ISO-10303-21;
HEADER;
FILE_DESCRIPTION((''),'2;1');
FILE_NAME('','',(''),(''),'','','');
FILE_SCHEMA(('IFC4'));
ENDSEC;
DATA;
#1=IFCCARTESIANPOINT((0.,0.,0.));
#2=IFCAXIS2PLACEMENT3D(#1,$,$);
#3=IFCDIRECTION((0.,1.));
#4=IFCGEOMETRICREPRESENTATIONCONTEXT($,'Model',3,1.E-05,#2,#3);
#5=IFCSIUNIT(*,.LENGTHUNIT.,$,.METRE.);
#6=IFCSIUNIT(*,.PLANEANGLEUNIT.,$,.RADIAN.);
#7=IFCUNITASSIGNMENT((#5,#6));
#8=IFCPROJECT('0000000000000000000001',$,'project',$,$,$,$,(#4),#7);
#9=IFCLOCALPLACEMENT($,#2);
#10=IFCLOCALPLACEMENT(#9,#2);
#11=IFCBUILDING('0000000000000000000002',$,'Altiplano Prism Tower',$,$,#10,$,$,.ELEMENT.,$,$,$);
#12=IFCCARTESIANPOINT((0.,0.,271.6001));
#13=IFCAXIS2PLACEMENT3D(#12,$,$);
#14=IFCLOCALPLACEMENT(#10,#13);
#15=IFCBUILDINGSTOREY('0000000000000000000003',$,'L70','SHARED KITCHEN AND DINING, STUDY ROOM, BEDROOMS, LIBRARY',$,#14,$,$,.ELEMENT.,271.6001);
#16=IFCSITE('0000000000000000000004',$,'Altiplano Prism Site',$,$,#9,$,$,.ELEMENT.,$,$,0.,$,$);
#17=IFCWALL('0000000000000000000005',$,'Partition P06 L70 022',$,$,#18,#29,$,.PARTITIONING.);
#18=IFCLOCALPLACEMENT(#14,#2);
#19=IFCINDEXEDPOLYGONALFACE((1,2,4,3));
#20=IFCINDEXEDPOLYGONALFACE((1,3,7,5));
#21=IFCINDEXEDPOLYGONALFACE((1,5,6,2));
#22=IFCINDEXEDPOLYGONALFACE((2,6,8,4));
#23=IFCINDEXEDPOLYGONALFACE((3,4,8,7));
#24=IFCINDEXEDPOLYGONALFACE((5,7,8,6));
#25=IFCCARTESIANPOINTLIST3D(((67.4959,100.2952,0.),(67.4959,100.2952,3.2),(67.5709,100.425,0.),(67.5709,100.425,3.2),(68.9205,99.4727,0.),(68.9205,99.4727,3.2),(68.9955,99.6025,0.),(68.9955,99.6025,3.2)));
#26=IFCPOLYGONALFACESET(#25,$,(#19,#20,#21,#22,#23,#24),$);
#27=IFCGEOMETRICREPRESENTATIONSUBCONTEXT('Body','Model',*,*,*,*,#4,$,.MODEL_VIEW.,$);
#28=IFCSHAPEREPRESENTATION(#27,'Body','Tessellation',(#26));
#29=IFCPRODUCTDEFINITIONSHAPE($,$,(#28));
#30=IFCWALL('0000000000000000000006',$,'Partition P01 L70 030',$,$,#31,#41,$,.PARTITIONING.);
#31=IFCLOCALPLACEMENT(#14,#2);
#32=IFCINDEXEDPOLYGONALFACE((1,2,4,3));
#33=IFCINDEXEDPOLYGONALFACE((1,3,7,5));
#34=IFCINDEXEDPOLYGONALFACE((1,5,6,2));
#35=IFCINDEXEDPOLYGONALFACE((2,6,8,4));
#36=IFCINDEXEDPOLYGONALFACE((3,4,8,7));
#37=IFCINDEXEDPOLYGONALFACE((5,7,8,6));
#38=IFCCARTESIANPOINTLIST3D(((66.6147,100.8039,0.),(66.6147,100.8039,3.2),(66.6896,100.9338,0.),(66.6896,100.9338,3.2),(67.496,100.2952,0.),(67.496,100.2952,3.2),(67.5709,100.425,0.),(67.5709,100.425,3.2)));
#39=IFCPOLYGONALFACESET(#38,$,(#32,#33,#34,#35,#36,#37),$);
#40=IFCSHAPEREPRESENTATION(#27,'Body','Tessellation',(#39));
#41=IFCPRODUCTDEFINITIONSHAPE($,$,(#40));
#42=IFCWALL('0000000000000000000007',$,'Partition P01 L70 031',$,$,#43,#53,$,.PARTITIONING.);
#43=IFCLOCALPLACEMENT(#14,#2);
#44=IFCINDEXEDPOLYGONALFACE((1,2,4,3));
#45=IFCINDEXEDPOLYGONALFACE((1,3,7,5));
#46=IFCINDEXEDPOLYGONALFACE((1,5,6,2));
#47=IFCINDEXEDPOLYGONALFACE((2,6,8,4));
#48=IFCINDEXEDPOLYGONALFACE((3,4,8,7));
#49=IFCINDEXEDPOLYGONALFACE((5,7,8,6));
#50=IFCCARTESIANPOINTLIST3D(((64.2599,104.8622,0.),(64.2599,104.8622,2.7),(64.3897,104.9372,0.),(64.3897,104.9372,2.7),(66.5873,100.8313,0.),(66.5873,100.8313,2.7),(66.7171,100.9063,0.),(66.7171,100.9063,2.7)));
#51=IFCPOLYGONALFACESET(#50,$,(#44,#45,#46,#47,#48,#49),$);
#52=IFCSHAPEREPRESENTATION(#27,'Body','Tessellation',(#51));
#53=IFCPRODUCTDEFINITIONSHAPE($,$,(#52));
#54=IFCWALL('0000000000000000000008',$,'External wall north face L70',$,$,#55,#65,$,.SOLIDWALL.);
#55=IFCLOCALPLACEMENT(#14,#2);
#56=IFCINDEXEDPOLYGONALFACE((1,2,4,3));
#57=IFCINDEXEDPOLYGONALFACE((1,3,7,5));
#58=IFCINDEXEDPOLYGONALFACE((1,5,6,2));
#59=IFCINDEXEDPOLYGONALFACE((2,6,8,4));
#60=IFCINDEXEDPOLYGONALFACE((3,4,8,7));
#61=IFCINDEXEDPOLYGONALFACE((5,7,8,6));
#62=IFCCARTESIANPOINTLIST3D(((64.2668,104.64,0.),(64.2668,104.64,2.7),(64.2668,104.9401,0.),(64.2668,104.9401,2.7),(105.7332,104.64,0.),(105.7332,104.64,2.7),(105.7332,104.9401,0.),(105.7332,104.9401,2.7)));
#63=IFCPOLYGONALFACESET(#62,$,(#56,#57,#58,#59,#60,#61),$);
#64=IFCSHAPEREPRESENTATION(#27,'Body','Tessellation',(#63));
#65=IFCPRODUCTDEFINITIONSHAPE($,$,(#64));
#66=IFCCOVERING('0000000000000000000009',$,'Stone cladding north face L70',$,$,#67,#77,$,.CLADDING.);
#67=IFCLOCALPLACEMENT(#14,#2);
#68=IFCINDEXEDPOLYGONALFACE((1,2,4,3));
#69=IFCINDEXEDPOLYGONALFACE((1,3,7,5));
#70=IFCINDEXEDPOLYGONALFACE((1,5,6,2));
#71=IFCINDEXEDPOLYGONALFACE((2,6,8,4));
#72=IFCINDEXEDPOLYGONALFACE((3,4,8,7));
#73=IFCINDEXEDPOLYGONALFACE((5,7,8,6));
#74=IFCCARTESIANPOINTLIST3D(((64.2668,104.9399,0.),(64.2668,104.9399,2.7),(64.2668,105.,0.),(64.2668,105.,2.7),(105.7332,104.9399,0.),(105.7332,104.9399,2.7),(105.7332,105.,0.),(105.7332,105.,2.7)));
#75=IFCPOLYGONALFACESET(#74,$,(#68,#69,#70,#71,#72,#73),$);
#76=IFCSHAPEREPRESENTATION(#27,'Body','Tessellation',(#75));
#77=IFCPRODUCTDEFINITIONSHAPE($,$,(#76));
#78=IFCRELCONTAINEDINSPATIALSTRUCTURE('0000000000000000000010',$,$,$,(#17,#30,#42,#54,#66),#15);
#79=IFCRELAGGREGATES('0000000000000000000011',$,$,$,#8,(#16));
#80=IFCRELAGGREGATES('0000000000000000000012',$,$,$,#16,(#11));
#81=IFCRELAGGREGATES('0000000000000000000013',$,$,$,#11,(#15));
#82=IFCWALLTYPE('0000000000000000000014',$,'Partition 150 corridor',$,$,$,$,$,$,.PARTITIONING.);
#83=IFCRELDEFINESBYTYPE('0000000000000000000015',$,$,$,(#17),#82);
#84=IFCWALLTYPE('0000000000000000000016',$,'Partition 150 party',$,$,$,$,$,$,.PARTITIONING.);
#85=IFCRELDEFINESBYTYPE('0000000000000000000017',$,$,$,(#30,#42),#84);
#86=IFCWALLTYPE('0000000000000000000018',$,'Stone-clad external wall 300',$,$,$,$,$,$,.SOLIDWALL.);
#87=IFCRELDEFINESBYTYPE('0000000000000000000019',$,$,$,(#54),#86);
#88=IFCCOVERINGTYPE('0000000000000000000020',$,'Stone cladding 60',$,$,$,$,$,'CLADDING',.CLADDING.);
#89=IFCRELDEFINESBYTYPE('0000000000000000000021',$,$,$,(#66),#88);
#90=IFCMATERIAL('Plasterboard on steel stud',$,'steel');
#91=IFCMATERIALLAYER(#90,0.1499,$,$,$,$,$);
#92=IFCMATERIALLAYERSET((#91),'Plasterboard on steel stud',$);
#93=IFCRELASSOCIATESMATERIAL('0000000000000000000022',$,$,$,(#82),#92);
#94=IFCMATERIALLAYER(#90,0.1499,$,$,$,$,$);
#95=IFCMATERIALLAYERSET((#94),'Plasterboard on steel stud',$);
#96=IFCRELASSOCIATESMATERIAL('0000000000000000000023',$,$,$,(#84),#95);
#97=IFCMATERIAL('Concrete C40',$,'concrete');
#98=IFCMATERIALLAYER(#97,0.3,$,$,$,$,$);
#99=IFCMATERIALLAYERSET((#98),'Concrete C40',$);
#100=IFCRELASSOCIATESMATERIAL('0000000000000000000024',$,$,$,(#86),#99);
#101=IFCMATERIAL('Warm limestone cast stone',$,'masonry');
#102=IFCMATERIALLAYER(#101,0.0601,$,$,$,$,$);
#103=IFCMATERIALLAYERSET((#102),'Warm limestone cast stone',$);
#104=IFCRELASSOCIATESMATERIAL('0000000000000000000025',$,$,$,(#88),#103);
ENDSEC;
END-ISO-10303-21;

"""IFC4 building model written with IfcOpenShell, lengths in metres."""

from ifc_helpers import new_model, si_unit, direction, frame, frame_2d, origin, place, context, subcontext, project, spatial, rectangle, extrude, material, layer, layer_set, type_object, element, save


model = new_model("IFC4")

# Units and contexts
model_context = context("Model", 3, precision=1e-05, world=origin(), true_north=direction((0.0, 1.0)))
body_context = subcontext(model_context, "Body", "Model", "MODEL_VIEW")
ifc_project = project(units=[si_unit("LENGTHUNIT", "METRE"), si_unit("PLANEANGLEUNIT", "RADIAN")], contexts=[model_context])

# Site, building, storey
site_placement = place(None, origin())
site = spatial("IfcSite", under=ifc_project, at=site_placement, Name="Altiplano Prism Site", CompositionType="ELEMENT", RefElevation=0.0)
building_placement = place(site_placement, origin())
building = spatial("IfcBuilding", under=site, at=building_placement, Name="Altiplano Prism Tower", CompositionType="ELEMENT")
storey_placement = place(building_placement, frame((0.0, 0.0, 271.6001)))
storey = spatial("IfcBuildingStorey", under=building, at=storey_placement, Name="L70", Description="SHARED KITCHEN AND DINING, STUDY ROOM, BEDROOMS, LIBRARY", CompositionType="ELEMENT", Elevation=271.6001)

# Shared definitions
ifc_material_1 = material(Name="Plasterboard on steel stud", Category="steel")
ifc_layer_1 = layer(ifc_material_1, 0.1499)
ifc_layer_set_1 = layer_set([ifc_layer_1], Name="Plasterboard on steel stud")
wall_type_1 = type_object("IfcWallType", Name="Partition 150 corridor", PredefinedType="PARTITIONING", material=ifc_layer_set_1)

# Walls
wall_1_placement = place(storey_placement, frame((68.958, 99.5376, 0.0), z_axis=(0.0, 0.0, 1.0), x_axis=(-0.866015, 0.500018, 0.0)))
element("IfcWall", 1, at=wall_1_placement, inside=storey, type_object=wall_type_1, Name="Partition P06 L70 022", PredefinedType="PARTITIONING", context=body_context, shape_type="SweptSolid", body=[
    extrude(rectangle(XDim=1.645, YDim=0.1499, at=frame_2d((0.8225, 0.0))), origin(), (0.0, 0.0, 1.0), 3.2),
])
ifc_layer_2 = layer(ifc_material_1, 0.1499)
ifc_layer_set_2 = layer_set([ifc_layer_2], Name="Plasterboard on steel stud")
wall_type_2 = type_object("IfcWallType", Name="Partition 150 party", PredefinedType="PARTITIONING", material=ifc_layer_set_2)
wall_2_placement = place(storey_placement, frame((67.5334, 100.3601, 0.0), z_axis=(0.0, 0.0, 1.0), x_axis=(-0.86605, 0.499958, 0.0)))
element("IfcWall", 2, at=wall_2_placement, inside=storey, type_object=wall_type_2, Name="Partition P01 L70 030", PredefinedType="PARTITIONING", context=body_context, shape_type="SweptSolid", body=[
    extrude(rectangle(XDim=1.0176, YDim=0.1499, at=frame_2d((0.5088, 0.0))), origin(), (0.0, 0.0, 1.0), 3.2),
])
wall_3_placement = place(storey_placement, frame((66.6521, 100.8689, 0.0), z_axis=(0.0, 0.0, 1.0), x_axis=(-0.500015, 0.866017, 0.0)))
element("IfcWall", 3, at=wall_3_placement, inside=storey, type_object=wall_type_2, Name="Partition P01 L70 031", PredefinedType="PARTITIONING", context=body_context, shape_type="SweptSolid", body=[
    extrude(rectangle(XDim=4.6545, YDim=0.1499, at=frame_2d((2.3271, 0.0))), origin(), (0.0, 0.0, 1.0), 2.7),
])
ifc_material_2 = material(Name="Concrete C40", Category="concrete")
ifc_layer_3 = layer(ifc_material_2, 0.3)
ifc_layer_set_3 = layer_set([ifc_layer_3], Name="Concrete C40")
wall_type_3 = type_object("IfcWallType", Name="Stone-clad external wall 300", PredefinedType="SOLIDWALL", material=ifc_layer_set_3)
wall_4_placement = place(storey_placement, frame((64.2668, 104.79, 0.0), z_axis=(0.0, 0.0, 1.0), x_axis=(1.0, 0.0, 0.0)))
element("IfcWall", 4, at=wall_4_placement, inside=storey, type_object=wall_type_3, Name="External wall north face L70", PredefinedType="SOLIDWALL", context=body_context, shape_type="SweptSolid", body=[
    extrude(rectangle(XDim=41.4663, YDim=0.3, at=frame_2d((20.7332, 0.0))), origin(), (0.0, 0.0, 1.0), 2.7),
])

# Covering
ifc_material_3 = material(Name="Warm limestone cast stone", Category="masonry")
ifc_layer_4 = layer(ifc_material_3, 0.0601)
ifc_layer_set_4 = layer_set([ifc_layer_4], Name="Warm limestone cast stone")
covering_type = type_object("IfcCoveringType", Name="Stone cladding 60", ElementType="CLADDING", PredefinedType="CLADDING", material=ifc_layer_set_4)
covering_placement = place(storey_placement, frame((64.2668, 104.97, 0.0), z_axis=(0.0, 0.0, 1.0), x_axis=(1.0, 0.0, 0.0)))
element("IfcCovering", 5, at=covering_placement, inside=storey, type_object=covering_type, Name="Stone cladding north face L70", PredefinedType="CLADDING", context=body_context, shape_type="SweptSolid", body=[
    extrude(rectangle(XDim=41.4663, YDim=0.0601, at=frame_2d((20.7332, 0.0))), origin(), (0.0, 0.0, 1.0), 2.7),
])

save(model, "model.ifc")
